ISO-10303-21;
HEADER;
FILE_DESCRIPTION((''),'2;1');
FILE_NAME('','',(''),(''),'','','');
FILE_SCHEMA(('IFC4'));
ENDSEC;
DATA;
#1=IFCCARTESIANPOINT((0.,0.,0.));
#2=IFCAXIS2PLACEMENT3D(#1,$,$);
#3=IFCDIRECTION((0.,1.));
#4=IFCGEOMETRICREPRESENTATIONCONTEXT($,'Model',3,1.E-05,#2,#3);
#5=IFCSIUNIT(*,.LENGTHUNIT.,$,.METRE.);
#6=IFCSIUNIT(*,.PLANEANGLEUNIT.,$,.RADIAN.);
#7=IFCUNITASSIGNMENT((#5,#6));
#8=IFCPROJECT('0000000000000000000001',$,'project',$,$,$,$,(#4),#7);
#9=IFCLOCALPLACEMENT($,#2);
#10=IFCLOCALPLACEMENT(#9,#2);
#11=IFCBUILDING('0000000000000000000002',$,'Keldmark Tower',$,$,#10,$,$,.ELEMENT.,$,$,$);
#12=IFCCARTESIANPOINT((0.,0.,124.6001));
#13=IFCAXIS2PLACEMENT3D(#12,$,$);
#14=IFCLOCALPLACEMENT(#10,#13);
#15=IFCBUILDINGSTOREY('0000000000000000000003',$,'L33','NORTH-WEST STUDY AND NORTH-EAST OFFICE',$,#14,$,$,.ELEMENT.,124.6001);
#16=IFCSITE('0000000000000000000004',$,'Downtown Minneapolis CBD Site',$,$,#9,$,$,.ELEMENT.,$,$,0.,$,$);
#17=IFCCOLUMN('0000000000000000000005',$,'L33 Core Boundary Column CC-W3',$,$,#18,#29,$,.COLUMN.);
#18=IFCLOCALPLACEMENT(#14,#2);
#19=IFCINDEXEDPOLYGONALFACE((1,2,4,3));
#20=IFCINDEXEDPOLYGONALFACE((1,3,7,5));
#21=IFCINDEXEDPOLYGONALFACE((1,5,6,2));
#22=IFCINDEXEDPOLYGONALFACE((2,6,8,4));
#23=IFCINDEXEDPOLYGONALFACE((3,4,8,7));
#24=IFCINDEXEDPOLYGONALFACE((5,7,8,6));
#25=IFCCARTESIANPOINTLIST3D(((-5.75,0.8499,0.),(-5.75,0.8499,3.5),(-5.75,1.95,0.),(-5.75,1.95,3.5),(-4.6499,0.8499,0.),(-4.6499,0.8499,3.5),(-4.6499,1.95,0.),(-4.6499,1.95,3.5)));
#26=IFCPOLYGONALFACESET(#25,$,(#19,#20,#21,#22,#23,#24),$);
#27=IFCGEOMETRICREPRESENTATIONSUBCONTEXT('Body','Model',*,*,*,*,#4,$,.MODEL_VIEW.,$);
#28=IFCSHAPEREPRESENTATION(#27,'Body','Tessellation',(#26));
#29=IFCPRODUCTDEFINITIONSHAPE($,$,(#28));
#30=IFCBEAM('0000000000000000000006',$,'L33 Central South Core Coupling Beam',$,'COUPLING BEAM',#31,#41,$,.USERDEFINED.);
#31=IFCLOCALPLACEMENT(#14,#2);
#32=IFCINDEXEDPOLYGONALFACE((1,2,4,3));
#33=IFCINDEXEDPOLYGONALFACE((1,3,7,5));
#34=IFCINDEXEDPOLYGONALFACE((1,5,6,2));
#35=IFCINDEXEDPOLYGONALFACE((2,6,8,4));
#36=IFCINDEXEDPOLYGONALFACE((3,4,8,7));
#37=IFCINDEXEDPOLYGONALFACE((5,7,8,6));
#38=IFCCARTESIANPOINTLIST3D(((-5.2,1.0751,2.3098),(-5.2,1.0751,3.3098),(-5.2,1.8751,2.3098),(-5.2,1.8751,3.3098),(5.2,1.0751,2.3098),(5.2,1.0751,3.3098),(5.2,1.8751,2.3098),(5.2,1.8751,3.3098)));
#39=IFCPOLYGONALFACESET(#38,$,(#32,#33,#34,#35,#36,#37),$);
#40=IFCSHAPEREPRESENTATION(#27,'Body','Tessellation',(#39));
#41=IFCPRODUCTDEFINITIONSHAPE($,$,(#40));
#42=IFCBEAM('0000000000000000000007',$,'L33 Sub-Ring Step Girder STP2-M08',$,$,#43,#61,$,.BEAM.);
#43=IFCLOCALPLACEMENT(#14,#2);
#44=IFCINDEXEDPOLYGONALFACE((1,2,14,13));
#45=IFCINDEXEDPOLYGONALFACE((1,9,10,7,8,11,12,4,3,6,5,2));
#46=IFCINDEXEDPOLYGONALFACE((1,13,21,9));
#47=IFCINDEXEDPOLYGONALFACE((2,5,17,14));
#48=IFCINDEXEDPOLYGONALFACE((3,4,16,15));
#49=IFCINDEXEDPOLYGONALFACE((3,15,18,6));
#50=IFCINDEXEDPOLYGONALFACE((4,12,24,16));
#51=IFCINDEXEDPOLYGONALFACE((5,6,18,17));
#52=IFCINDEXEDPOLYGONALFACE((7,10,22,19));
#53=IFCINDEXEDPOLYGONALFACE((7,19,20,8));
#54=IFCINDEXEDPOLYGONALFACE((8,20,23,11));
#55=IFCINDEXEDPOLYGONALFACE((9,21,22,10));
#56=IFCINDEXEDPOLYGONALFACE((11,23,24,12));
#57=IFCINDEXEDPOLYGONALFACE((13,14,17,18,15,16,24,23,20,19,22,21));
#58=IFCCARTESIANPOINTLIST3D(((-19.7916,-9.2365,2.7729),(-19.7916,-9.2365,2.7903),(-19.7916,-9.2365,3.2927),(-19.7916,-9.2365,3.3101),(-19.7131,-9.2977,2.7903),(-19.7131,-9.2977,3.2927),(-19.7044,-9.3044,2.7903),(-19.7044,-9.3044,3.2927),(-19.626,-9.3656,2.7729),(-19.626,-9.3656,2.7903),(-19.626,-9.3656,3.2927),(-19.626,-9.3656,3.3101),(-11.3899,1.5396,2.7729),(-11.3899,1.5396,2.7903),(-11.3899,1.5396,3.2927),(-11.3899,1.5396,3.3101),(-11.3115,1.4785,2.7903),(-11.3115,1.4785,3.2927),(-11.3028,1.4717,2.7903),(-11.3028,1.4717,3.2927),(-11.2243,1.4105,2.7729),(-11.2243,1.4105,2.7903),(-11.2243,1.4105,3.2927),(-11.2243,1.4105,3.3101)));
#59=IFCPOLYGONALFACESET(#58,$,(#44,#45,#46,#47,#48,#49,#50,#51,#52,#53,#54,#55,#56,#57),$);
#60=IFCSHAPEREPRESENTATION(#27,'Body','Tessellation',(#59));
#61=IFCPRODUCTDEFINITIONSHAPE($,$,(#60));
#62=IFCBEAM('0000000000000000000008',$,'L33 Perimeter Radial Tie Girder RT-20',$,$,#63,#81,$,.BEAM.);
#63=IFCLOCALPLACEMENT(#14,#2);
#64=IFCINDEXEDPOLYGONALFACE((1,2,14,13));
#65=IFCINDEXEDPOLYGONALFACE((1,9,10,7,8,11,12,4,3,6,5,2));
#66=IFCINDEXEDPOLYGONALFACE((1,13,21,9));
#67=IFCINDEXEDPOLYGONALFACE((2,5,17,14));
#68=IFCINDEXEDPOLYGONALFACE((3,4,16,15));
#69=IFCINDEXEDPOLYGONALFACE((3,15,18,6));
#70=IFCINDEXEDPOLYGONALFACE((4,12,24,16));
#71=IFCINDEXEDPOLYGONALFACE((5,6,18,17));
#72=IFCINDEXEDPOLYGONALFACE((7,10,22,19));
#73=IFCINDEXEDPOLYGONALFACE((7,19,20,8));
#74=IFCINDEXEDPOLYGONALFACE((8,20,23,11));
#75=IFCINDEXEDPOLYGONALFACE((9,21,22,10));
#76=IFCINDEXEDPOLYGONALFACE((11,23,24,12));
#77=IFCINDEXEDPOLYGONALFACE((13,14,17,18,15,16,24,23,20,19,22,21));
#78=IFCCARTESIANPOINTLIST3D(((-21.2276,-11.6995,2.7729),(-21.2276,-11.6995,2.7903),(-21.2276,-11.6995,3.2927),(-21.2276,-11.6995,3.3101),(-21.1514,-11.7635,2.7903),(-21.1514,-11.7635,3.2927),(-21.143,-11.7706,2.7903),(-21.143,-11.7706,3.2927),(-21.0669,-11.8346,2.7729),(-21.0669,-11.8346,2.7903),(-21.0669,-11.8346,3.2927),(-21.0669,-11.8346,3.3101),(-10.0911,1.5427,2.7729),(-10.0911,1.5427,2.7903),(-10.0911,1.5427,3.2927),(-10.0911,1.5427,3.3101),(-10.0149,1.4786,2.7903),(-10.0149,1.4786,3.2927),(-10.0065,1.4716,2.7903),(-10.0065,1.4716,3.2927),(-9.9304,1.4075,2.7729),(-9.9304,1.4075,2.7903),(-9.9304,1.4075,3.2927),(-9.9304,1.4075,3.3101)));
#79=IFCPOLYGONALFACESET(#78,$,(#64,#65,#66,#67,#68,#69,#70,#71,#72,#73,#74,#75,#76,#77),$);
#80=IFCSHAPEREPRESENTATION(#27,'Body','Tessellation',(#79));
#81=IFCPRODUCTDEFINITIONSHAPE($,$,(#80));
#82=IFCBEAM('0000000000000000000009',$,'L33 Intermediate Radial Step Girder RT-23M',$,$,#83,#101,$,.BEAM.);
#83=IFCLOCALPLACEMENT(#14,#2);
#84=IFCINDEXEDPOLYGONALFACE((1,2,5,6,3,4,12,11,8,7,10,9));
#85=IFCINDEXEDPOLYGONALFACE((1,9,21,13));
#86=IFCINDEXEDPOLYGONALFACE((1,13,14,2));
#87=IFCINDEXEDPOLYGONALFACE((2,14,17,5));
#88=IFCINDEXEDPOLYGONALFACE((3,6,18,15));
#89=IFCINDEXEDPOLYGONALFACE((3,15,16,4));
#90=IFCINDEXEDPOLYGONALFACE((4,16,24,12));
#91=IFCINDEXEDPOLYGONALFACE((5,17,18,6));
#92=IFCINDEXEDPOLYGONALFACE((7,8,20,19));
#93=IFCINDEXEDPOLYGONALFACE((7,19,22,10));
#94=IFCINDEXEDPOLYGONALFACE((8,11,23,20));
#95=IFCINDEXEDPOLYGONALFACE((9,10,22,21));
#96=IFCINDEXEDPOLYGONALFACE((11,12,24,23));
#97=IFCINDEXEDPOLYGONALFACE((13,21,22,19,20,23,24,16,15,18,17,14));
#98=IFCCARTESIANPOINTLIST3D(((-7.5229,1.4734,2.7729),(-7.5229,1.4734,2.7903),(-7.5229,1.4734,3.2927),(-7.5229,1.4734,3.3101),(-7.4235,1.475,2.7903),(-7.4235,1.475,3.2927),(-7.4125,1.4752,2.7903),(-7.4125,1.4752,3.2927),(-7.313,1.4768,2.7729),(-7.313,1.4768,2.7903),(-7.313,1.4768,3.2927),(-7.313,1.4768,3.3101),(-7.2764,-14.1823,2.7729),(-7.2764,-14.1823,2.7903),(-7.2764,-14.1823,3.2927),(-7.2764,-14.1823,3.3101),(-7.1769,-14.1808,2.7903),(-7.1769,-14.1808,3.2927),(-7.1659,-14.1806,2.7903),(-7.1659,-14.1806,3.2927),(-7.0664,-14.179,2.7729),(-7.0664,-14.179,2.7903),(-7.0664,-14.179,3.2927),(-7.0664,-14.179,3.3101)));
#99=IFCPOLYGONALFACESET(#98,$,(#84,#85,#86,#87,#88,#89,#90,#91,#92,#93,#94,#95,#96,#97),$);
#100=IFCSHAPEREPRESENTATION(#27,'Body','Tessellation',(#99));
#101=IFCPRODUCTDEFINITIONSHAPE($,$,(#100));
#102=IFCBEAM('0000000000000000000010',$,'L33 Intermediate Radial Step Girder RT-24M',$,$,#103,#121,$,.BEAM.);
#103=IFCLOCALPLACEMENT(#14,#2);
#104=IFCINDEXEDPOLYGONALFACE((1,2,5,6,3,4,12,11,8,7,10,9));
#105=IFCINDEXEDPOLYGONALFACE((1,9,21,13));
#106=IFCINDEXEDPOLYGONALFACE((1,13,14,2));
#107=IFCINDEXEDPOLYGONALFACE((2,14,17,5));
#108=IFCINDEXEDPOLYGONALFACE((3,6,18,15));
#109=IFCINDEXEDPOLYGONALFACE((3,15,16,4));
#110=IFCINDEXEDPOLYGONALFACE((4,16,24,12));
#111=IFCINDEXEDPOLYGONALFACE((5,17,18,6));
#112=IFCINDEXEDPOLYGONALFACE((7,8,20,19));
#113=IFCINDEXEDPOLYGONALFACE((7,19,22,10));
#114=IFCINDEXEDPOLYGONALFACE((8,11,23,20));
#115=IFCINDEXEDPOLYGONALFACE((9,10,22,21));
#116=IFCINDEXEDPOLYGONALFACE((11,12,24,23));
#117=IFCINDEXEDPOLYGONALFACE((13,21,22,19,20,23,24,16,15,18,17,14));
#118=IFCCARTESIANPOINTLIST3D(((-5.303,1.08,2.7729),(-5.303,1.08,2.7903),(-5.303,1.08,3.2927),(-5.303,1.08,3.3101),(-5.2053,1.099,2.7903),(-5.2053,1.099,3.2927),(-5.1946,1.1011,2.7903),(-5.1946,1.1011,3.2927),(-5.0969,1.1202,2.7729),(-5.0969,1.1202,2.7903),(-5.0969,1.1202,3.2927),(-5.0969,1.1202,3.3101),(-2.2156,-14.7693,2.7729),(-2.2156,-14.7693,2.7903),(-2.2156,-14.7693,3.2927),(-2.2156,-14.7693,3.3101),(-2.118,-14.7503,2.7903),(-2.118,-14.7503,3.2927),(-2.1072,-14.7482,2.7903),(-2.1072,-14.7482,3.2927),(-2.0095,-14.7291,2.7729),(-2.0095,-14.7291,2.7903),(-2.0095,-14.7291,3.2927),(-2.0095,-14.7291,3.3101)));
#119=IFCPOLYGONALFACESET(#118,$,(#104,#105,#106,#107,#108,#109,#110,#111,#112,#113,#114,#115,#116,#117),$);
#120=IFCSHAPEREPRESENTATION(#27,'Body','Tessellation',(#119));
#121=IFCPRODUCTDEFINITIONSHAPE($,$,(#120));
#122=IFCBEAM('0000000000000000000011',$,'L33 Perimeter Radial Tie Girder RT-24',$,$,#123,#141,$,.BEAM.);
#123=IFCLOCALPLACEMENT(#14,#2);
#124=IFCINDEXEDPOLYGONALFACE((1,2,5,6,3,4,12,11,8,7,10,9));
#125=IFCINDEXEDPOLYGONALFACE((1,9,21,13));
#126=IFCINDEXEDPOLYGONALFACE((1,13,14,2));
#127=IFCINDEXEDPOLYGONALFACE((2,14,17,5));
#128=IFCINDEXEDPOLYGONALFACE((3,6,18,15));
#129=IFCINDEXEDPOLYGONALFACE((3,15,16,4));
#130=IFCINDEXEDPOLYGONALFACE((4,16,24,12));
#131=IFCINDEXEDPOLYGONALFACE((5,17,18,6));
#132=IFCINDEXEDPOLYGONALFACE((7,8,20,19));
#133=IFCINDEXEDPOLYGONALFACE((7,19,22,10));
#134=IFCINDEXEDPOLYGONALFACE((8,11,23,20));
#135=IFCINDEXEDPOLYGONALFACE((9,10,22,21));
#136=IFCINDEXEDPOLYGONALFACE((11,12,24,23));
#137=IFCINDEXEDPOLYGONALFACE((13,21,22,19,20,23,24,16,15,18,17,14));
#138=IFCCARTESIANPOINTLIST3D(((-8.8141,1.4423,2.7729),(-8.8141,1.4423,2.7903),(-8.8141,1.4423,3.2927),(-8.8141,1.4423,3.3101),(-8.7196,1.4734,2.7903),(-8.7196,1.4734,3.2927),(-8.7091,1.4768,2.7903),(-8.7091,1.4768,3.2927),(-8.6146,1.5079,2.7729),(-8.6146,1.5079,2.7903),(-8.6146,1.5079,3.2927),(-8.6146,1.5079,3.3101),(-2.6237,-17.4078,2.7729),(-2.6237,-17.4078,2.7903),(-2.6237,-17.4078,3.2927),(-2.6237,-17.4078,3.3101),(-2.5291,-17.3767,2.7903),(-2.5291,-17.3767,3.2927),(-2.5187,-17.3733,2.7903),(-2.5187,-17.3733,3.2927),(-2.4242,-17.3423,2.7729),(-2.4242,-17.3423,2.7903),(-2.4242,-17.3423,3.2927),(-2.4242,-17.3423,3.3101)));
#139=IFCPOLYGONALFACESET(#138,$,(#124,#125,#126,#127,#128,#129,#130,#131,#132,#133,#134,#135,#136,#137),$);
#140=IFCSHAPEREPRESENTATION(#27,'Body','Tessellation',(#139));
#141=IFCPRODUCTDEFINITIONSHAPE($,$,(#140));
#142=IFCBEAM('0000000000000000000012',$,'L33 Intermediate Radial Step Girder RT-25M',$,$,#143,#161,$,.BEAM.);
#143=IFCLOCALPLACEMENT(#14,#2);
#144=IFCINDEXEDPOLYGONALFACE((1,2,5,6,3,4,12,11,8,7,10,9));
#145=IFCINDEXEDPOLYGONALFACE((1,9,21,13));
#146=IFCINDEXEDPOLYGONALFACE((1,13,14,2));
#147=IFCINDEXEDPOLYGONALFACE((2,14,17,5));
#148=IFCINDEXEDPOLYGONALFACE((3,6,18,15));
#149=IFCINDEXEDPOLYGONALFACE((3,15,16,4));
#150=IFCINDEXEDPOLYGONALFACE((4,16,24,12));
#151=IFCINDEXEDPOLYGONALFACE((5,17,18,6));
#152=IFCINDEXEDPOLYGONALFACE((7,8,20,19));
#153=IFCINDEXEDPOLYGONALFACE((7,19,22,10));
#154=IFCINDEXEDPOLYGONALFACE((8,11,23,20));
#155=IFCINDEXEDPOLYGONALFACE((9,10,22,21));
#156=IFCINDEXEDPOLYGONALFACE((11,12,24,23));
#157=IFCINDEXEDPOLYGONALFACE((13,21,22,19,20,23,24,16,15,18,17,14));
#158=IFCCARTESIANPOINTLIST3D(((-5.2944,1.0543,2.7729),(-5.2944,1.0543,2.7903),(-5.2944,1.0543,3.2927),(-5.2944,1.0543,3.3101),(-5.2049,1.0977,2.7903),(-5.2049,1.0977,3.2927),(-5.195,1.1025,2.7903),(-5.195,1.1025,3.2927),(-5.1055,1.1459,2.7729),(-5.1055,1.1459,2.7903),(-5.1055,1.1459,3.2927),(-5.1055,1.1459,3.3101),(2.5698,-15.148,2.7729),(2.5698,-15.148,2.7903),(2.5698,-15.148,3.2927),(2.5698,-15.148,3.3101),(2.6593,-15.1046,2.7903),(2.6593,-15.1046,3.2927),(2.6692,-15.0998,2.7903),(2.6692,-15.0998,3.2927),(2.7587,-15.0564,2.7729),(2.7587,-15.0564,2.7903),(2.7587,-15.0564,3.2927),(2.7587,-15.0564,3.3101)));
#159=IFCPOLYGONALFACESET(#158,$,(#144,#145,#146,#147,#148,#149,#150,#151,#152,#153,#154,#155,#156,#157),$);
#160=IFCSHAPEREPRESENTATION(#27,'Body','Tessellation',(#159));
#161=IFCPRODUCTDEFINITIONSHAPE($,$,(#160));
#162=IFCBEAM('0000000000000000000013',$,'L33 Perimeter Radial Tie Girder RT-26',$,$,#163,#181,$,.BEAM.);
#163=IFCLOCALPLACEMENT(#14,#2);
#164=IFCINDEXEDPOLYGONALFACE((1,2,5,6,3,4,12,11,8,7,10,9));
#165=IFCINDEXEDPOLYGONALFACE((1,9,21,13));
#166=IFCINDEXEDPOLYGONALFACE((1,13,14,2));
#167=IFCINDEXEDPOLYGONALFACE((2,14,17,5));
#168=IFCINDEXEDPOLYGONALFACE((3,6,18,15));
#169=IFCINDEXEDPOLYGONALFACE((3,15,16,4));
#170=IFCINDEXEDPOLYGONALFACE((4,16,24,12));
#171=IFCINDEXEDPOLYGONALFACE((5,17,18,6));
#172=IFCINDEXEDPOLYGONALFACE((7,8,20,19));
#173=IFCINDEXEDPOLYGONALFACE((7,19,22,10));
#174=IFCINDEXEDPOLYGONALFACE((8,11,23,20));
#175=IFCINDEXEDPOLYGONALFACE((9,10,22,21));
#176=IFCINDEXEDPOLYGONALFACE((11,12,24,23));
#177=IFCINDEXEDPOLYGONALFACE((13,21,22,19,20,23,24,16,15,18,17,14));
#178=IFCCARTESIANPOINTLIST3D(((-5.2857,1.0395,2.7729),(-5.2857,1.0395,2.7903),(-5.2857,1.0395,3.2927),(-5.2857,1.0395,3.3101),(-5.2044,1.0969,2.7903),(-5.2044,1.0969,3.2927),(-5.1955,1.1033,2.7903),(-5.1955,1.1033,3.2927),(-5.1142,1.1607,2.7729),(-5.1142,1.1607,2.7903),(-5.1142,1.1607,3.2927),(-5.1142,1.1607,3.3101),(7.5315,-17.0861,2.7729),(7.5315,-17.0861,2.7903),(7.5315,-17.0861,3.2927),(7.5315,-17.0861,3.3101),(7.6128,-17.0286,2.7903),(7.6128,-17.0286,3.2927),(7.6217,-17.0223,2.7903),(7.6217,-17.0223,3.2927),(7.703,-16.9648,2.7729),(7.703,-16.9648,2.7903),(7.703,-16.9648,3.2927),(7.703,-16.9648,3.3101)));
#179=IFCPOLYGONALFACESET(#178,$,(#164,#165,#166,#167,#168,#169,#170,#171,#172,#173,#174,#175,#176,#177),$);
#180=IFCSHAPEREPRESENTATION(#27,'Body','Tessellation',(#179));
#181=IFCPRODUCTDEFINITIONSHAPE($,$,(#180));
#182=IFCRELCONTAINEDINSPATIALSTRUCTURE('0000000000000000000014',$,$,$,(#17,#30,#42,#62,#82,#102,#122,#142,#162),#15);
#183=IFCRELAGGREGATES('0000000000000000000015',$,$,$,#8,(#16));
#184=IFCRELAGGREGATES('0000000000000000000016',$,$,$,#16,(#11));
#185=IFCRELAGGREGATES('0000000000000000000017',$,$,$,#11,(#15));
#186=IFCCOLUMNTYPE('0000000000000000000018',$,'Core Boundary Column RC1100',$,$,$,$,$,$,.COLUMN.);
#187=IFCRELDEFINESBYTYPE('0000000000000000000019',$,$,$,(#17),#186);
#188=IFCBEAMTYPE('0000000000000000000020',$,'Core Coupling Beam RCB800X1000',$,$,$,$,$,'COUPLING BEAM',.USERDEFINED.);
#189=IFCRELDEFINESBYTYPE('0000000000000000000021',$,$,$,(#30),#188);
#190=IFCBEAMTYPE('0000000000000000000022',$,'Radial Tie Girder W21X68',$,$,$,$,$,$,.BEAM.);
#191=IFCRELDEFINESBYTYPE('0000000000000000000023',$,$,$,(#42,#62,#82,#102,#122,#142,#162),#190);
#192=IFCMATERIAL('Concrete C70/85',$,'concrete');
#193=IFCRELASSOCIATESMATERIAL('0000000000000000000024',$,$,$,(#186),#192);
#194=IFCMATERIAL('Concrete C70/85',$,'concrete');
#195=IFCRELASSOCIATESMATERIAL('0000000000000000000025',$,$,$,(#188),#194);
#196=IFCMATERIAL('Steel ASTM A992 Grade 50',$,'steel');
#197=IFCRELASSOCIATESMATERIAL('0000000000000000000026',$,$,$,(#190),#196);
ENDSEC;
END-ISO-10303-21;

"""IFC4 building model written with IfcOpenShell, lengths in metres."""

from ifc_helpers import new_model, si_unit, direction, frame, origin, origin_2d, place, context, subcontext, project, spatial, rectangle, i_section, extrude, material, material_profile, profile_set, type_object, element, save


model = new_model("IFC4")

# Units and contexts
model_context = context("Model", 3, precision=1e-05, world=origin(), true_north=direction((0.0, 1.0)))
body_context = subcontext(model_context, "Body", "Model", "MODEL_VIEW")
ifc_project = project(units=[si_unit("LENGTHUNIT", "METRE"), si_unit("PLANEANGLEUNIT", "RADIAN")], contexts=[model_context])

# Site, building, storey
site_placement = place(None, origin())
site = spatial("IfcSite", under=ifc_project, at=site_placement, Name="Downtown Minneapolis CBD Site", CompositionType="ELEMENT", RefElevation=0.0)
building_placement = place(site_placement, origin())
building = spatial("IfcBuilding", under=site, at=building_placement, Name="Keldmark Tower", CompositionType="ELEMENT")
storey_placement = place(building_placement, frame((0.0, 0.0, 124.6001)))
storey = spatial("IfcBuildingStorey", under=building, at=storey_placement, Name="L33", Description="NORTH-WEST STUDY AND NORTH-EAST OFFICE", CompositionType="ELEMENT", Elevation=124.6001)

# Column
ifc_material_1 = material(Name="Concrete C70/85", Category="concrete")
ifc_material_profile_1 = material_profile(ifc_material_1, rectangle(XDim=1.1001, YDim=1.1001, at=origin_2d()), Name="RC1100X1100")
ifc_profile_set_1 = profile_set([ifc_material_profile_1], Name="Concrete C70/85")
column_type = type_object("IfcColumnType", Name="Core Boundary Column RC1100", PredefinedType="COLUMN", material=ifc_profile_set_1)
column_placement = place(storey_placement, frame((-5.2, 1.3999, 0.0), z_axis=(0.0, 0.0, 1.0), x_axis=(1.0, 0.0, 0.0)))
element("IfcColumn", 1, at=column_placement, inside=storey, type_object=column_type, Name="L33 Core Boundary Column CC-W3", PredefinedType="COLUMN", context=body_context, shape_type="SweptSolid", body=[
    extrude(rectangle(XDim=1.1001, YDim=1.1001, at=origin_2d()), origin(), (0.0, 0.0, 1.0), 3.5),
])

# Beams
ifc_material_2 = material(Name="Concrete C70/85", Category="concrete")
ifc_material_profile_2 = material_profile(ifc_material_2, rectangle(XDim=0.8, YDim=1.0, at=origin_2d()), Name="RCB800X1000")
ifc_profile_set_2 = profile_set([ifc_material_profile_2], Name="Concrete C70/85")
beam_type_1 = type_object("IfcBeamType", Name="Core Coupling Beam RCB800X1000", ElementType="COUPLING BEAM", PredefinedType="USERDEFINED", material=ifc_profile_set_2)
beam_1_placement = place(storey_placement, frame((-5.2, 1.4751, 2.8098), z_axis=(1.0, 0.0, 0.0), x_axis=(0.0, 1.0, 0.0)))
element("IfcBeam", 2, at=beam_1_placement, inside=storey, type_object=beam_type_1, Name="L33 Central South Core Coupling Beam", ObjectType="COUPLING BEAM", PredefinedType="USERDEFINED", context=body_context, shape_type="SweptSolid", body=[
    extrude(rectangle(XDim=0.8, YDim=1.0, at=origin_2d()), origin(), (0.0, 0.0, 1.0), 10.3999),
])
ifc_material_3 = material(Name="Steel ASTM A992 Grade 50", Category="steel")
ifc_material_profile_3 = material_profile(ifc_material_3, i_section(OverallWidth=0.21, OverallDepth=0.5371, WebThickness=0.011, FlangeThickness=0.0173, at=origin_2d()), Name="W21X68")
ifc_profile_set_3 = profile_set([ifc_material_profile_3], Name="Steel ASTM A992 Grade 50")
beam_type_2 = type_object("IfcBeamType", Name="Radial Tie Girder W21X68", PredefinedType="BEAM", material=ifc_profile_set_3)
beam_2_placement = place(storey_placement, frame((-11.3071, 1.4751, 3.0415), z_axis=(-0.61486, -0.788636, 0.0), x_axis=(0.788636, -0.61486, 0.0)))
element("IfcBeam", 3, at=beam_2_placement, inside=storey, type_object=beam_type_2, Name="L33 Sub-Ring Step Girder STP2-M08", PredefinedType="BEAM", context=body_context, shape_type="SweptSolid", body=[
    extrude(i_section(OverallWidth=0.21, OverallDepth=0.5371, WebThickness=0.011, FlangeThickness=0.0173, at=origin_2d()), origin(), (0.0, 0.0, 1.0), 13.6643),
])
beam_3_placement = place(storey_placement, frame((-10.0107, 1.4751, 3.0415), z_axis=(-0.643634, -0.765334, 0.0), x_axis=(0.765334, -0.643634, 0.0)))
element("IfcBeam", 4, at=beam_3_placement, inside=storey, type_object=beam_type_2, Name="L33 Perimeter Radial Tie Girder RT-20", PredefinedType="BEAM", context=body_context, shape_type="SweptSolid", body=[
    extrude(i_section(OverallWidth=0.21, OverallDepth=0.5371, WebThickness=0.011, FlangeThickness=0.0173, at=origin_2d()), origin(), (0.0, 0.0, 1.0), 17.3025),
])
beam_4_placement = place(storey_placement, frame((-7.418, 1.4751, 3.0415), z_axis=(0.015748, -0.999876, 0.0), x_axis=(0.999876, 0.015748, 0.0)))
element("IfcBeam", 5, at=beam_4_placement, inside=storey, type_object=beam_type_2, Name="L33 Intermediate Radial Step Girder RT-23M", PredefinedType="BEAM", context=body_context, shape_type="SweptSolid", body=[
    extrude(i_section(OverallWidth=0.21, OverallDepth=0.5371, WebThickness=0.011, FlangeThickness=0.0173, at=origin_2d()), origin(), (0.0, 0.0, 1.0), 15.6577),
])
beam_5_placement = place(storey_placement, frame((-5.2, 1.1001, 3.0415), z_axis=(0.191203, -0.981551, 0.0), x_axis=(0.981551, 0.191203, 0.0)))
element("IfcBeam", 6, at=beam_5_placement, inside=storey, type_object=beam_type_2, Name="L33 Intermediate Radial Step Girder RT-24M", PredefinedType="BEAM", context=body_context, shape_type="SweptSolid", body=[
    extrude(i_section(OverallWidth=0.21, OverallDepth=0.5371, WebThickness=0.011, FlangeThickness=0.0173, at=origin_2d()), origin(), (0.0, 0.0, 1.0), 16.1472),
])
beam_6_placement = place(storey_placement, frame((-8.7144, 1.4751, 3.0415), z_axis=(0.312009, -0.950079, 0.0), x_axis=(0.950079, 0.312009, 0.0)))
element("IfcBeam", 7, at=beam_6_placement, inside=storey, type_object=beam_type_2, Name="L33 Perimeter Radial Tie Girder RT-24", PredefinedType="BEAM", context=body_context, shape_type="SweptSolid", body=[
    extrude(i_section(OverallWidth=0.21, OverallDepth=0.5371, WebThickness=0.011, FlangeThickness=0.0173, at=origin_2d()), origin(), (0.0, 0.0, 1.0), 19.8406),
])
beam_7_placement = place(storey_placement, frame((-5.2, 1.1001, 3.0415), z_axis=(0.436658, -0.899628, 0.0), x_axis=(0.899628, 0.436658, 0.0)))
element("IfcBeam", 8, at=beam_7_placement, inside=storey, type_object=beam_type_2, Name="L33 Intermediate Radial Step Girder RT-25M", PredefinedType="BEAM", context=body_context, shape_type="SweptSolid", body=[
    extrude(i_section(OverallWidth=0.21, OverallDepth=0.5371, WebThickness=0.011, FlangeThickness=0.0173, at=origin_2d()), origin(), (0.0, 0.0, 1.0), 18.01),
])
beam_8_placement = place(storey_placement, frame((-5.2, 1.1001, 3.0415), z_axis=(0.577365, -0.816486, 0.0), x_axis=(0.816486, 0.577365, 0.0)))
element("IfcBeam", 9, at=beam_8_placement, inside=storey, type_object=beam_type_2, Name="L33 Perimeter Radial Tie Girder RT-26", PredefinedType="BEAM", context=body_context, shape_type="SweptSolid", body=[
    extrude(i_section(OverallWidth=0.21, OverallDepth=0.5371, WebThickness=0.011, FlangeThickness=0.0173, at=origin_2d()), origin(), (0.0, 0.0, 1.0), 22.1995),
])

save(model, "model.ifc")
